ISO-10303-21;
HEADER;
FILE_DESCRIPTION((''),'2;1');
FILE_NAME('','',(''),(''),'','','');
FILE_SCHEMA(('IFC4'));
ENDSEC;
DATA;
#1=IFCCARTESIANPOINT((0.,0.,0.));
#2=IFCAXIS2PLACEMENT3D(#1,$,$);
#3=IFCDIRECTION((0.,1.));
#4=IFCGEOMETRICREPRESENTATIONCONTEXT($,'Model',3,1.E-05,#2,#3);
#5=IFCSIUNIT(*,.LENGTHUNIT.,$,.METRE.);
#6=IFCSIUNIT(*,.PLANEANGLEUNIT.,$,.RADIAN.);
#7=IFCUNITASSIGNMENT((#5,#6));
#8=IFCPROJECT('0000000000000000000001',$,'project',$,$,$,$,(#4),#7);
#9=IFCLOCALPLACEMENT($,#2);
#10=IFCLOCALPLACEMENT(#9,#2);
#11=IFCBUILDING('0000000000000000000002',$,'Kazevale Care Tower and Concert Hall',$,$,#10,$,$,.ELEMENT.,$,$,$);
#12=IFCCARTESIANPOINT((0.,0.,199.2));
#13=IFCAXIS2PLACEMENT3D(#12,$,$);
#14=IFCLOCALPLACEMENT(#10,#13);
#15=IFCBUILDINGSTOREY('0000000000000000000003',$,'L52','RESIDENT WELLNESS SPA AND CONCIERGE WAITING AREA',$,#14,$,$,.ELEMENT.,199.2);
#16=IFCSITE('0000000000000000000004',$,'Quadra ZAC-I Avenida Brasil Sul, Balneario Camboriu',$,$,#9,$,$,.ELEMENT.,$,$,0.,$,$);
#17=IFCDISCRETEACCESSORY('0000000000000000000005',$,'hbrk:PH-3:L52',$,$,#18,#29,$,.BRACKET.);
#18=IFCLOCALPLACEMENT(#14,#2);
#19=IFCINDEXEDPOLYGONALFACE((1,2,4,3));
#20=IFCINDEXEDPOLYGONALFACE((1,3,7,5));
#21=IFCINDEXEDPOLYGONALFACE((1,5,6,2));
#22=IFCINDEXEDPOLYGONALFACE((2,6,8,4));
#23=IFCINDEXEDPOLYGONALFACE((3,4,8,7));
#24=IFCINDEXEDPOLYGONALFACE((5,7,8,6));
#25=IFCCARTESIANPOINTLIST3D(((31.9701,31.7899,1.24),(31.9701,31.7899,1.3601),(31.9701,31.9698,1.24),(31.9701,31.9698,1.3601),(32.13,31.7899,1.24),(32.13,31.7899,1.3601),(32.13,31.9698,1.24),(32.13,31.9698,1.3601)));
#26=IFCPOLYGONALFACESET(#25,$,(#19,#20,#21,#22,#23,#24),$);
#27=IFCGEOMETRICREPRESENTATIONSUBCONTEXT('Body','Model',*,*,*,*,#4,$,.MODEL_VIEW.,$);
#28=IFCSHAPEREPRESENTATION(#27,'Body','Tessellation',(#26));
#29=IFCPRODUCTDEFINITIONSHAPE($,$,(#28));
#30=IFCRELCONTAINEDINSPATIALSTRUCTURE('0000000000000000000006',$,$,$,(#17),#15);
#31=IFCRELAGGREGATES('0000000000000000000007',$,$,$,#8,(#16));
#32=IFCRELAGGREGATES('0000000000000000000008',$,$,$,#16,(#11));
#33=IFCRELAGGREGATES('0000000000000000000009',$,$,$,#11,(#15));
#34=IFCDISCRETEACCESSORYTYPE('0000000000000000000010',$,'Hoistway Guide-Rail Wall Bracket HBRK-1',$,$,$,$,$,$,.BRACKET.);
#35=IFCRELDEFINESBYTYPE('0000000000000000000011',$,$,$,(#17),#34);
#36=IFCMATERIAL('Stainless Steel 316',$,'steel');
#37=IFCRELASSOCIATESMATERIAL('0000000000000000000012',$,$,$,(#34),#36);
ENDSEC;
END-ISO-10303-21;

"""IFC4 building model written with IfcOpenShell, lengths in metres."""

from ifc_helpers import new_model, si_unit, direction, frame, origin, origin_2d, place, context, subcontext, project, spatial, rectangle, extrude, material, type_object, element, save


model = new_model("IFC4")

# Units and contexts
model_context = context("Model", 3, precision=1e-05, world=origin(), true_north=direction((0.0, 1.0)))
body_context = subcontext(model_context, "Body", "Model", "MODEL_VIEW")
ifc_project = project(units=[si_unit("LENGTHUNIT", "METRE"), si_unit("PLANEANGLEUNIT", "RADIAN")], contexts=[model_context])

# Site, building, storey
site_placement = place(None, origin())
site = spatial("IfcSite", under=ifc_project, at=site_placement, Name="Quadra ZAC-I Avenida Brasil Sul, Balneario Camboriu", CompositionType="ELEMENT", RefElevation=0.0)
building_placement = place(site_placement, origin())
building = spatial("IfcBuilding", under=site, at=building_placement, Name="Kazevale Care Tower and Concert Hall", CompositionType="ELEMENT")
storey_placement = place(building_placement, frame((0.0, 0.0, 199.2)))
storey = spatial("IfcBuildingStorey", under=building, at=storey_placement, Name="L52", Description="RESIDENT WELLNESS SPA AND CONCIERGE WAITING AREA", CompositionType="ELEMENT", Elevation=199.2)

# Shared definitions
ifc_material_1 = material(Name="Stainless Steel 316", Category="steel")

# Discrete accessory
discrete_accessory_type = type_object("IfcDiscreteAccessoryType", Name="Hoistway Guide-Rail Wall Bracket HBRK-1", PredefinedType="BRACKET", material=ifc_material_1)
for number, where, z_axis, x_axis, name in (
    (1, (32.05, 31.8799, 1.24), (0.0, 0.0, 1.0), (1.0, 0.0, 0.0), "hbrk:PH-3:L52"),
):
    element("IfcDiscreteAccessory", number, at=place(storey_placement, frame(where, z_axis=z_axis, x_axis=x_axis)), inside=storey, type_object=discrete_accessory_type, Name=name, PredefinedType="BRACKET", context=body_context, shape_type="SweptSolid", body=[
        extrude(rectangle(XDim=0.1599, YDim=0.1799, at=origin_2d()), origin(), (0.0, 0.0, 1.0), 0.1201),
    ])

save(model, "model.ifc")
